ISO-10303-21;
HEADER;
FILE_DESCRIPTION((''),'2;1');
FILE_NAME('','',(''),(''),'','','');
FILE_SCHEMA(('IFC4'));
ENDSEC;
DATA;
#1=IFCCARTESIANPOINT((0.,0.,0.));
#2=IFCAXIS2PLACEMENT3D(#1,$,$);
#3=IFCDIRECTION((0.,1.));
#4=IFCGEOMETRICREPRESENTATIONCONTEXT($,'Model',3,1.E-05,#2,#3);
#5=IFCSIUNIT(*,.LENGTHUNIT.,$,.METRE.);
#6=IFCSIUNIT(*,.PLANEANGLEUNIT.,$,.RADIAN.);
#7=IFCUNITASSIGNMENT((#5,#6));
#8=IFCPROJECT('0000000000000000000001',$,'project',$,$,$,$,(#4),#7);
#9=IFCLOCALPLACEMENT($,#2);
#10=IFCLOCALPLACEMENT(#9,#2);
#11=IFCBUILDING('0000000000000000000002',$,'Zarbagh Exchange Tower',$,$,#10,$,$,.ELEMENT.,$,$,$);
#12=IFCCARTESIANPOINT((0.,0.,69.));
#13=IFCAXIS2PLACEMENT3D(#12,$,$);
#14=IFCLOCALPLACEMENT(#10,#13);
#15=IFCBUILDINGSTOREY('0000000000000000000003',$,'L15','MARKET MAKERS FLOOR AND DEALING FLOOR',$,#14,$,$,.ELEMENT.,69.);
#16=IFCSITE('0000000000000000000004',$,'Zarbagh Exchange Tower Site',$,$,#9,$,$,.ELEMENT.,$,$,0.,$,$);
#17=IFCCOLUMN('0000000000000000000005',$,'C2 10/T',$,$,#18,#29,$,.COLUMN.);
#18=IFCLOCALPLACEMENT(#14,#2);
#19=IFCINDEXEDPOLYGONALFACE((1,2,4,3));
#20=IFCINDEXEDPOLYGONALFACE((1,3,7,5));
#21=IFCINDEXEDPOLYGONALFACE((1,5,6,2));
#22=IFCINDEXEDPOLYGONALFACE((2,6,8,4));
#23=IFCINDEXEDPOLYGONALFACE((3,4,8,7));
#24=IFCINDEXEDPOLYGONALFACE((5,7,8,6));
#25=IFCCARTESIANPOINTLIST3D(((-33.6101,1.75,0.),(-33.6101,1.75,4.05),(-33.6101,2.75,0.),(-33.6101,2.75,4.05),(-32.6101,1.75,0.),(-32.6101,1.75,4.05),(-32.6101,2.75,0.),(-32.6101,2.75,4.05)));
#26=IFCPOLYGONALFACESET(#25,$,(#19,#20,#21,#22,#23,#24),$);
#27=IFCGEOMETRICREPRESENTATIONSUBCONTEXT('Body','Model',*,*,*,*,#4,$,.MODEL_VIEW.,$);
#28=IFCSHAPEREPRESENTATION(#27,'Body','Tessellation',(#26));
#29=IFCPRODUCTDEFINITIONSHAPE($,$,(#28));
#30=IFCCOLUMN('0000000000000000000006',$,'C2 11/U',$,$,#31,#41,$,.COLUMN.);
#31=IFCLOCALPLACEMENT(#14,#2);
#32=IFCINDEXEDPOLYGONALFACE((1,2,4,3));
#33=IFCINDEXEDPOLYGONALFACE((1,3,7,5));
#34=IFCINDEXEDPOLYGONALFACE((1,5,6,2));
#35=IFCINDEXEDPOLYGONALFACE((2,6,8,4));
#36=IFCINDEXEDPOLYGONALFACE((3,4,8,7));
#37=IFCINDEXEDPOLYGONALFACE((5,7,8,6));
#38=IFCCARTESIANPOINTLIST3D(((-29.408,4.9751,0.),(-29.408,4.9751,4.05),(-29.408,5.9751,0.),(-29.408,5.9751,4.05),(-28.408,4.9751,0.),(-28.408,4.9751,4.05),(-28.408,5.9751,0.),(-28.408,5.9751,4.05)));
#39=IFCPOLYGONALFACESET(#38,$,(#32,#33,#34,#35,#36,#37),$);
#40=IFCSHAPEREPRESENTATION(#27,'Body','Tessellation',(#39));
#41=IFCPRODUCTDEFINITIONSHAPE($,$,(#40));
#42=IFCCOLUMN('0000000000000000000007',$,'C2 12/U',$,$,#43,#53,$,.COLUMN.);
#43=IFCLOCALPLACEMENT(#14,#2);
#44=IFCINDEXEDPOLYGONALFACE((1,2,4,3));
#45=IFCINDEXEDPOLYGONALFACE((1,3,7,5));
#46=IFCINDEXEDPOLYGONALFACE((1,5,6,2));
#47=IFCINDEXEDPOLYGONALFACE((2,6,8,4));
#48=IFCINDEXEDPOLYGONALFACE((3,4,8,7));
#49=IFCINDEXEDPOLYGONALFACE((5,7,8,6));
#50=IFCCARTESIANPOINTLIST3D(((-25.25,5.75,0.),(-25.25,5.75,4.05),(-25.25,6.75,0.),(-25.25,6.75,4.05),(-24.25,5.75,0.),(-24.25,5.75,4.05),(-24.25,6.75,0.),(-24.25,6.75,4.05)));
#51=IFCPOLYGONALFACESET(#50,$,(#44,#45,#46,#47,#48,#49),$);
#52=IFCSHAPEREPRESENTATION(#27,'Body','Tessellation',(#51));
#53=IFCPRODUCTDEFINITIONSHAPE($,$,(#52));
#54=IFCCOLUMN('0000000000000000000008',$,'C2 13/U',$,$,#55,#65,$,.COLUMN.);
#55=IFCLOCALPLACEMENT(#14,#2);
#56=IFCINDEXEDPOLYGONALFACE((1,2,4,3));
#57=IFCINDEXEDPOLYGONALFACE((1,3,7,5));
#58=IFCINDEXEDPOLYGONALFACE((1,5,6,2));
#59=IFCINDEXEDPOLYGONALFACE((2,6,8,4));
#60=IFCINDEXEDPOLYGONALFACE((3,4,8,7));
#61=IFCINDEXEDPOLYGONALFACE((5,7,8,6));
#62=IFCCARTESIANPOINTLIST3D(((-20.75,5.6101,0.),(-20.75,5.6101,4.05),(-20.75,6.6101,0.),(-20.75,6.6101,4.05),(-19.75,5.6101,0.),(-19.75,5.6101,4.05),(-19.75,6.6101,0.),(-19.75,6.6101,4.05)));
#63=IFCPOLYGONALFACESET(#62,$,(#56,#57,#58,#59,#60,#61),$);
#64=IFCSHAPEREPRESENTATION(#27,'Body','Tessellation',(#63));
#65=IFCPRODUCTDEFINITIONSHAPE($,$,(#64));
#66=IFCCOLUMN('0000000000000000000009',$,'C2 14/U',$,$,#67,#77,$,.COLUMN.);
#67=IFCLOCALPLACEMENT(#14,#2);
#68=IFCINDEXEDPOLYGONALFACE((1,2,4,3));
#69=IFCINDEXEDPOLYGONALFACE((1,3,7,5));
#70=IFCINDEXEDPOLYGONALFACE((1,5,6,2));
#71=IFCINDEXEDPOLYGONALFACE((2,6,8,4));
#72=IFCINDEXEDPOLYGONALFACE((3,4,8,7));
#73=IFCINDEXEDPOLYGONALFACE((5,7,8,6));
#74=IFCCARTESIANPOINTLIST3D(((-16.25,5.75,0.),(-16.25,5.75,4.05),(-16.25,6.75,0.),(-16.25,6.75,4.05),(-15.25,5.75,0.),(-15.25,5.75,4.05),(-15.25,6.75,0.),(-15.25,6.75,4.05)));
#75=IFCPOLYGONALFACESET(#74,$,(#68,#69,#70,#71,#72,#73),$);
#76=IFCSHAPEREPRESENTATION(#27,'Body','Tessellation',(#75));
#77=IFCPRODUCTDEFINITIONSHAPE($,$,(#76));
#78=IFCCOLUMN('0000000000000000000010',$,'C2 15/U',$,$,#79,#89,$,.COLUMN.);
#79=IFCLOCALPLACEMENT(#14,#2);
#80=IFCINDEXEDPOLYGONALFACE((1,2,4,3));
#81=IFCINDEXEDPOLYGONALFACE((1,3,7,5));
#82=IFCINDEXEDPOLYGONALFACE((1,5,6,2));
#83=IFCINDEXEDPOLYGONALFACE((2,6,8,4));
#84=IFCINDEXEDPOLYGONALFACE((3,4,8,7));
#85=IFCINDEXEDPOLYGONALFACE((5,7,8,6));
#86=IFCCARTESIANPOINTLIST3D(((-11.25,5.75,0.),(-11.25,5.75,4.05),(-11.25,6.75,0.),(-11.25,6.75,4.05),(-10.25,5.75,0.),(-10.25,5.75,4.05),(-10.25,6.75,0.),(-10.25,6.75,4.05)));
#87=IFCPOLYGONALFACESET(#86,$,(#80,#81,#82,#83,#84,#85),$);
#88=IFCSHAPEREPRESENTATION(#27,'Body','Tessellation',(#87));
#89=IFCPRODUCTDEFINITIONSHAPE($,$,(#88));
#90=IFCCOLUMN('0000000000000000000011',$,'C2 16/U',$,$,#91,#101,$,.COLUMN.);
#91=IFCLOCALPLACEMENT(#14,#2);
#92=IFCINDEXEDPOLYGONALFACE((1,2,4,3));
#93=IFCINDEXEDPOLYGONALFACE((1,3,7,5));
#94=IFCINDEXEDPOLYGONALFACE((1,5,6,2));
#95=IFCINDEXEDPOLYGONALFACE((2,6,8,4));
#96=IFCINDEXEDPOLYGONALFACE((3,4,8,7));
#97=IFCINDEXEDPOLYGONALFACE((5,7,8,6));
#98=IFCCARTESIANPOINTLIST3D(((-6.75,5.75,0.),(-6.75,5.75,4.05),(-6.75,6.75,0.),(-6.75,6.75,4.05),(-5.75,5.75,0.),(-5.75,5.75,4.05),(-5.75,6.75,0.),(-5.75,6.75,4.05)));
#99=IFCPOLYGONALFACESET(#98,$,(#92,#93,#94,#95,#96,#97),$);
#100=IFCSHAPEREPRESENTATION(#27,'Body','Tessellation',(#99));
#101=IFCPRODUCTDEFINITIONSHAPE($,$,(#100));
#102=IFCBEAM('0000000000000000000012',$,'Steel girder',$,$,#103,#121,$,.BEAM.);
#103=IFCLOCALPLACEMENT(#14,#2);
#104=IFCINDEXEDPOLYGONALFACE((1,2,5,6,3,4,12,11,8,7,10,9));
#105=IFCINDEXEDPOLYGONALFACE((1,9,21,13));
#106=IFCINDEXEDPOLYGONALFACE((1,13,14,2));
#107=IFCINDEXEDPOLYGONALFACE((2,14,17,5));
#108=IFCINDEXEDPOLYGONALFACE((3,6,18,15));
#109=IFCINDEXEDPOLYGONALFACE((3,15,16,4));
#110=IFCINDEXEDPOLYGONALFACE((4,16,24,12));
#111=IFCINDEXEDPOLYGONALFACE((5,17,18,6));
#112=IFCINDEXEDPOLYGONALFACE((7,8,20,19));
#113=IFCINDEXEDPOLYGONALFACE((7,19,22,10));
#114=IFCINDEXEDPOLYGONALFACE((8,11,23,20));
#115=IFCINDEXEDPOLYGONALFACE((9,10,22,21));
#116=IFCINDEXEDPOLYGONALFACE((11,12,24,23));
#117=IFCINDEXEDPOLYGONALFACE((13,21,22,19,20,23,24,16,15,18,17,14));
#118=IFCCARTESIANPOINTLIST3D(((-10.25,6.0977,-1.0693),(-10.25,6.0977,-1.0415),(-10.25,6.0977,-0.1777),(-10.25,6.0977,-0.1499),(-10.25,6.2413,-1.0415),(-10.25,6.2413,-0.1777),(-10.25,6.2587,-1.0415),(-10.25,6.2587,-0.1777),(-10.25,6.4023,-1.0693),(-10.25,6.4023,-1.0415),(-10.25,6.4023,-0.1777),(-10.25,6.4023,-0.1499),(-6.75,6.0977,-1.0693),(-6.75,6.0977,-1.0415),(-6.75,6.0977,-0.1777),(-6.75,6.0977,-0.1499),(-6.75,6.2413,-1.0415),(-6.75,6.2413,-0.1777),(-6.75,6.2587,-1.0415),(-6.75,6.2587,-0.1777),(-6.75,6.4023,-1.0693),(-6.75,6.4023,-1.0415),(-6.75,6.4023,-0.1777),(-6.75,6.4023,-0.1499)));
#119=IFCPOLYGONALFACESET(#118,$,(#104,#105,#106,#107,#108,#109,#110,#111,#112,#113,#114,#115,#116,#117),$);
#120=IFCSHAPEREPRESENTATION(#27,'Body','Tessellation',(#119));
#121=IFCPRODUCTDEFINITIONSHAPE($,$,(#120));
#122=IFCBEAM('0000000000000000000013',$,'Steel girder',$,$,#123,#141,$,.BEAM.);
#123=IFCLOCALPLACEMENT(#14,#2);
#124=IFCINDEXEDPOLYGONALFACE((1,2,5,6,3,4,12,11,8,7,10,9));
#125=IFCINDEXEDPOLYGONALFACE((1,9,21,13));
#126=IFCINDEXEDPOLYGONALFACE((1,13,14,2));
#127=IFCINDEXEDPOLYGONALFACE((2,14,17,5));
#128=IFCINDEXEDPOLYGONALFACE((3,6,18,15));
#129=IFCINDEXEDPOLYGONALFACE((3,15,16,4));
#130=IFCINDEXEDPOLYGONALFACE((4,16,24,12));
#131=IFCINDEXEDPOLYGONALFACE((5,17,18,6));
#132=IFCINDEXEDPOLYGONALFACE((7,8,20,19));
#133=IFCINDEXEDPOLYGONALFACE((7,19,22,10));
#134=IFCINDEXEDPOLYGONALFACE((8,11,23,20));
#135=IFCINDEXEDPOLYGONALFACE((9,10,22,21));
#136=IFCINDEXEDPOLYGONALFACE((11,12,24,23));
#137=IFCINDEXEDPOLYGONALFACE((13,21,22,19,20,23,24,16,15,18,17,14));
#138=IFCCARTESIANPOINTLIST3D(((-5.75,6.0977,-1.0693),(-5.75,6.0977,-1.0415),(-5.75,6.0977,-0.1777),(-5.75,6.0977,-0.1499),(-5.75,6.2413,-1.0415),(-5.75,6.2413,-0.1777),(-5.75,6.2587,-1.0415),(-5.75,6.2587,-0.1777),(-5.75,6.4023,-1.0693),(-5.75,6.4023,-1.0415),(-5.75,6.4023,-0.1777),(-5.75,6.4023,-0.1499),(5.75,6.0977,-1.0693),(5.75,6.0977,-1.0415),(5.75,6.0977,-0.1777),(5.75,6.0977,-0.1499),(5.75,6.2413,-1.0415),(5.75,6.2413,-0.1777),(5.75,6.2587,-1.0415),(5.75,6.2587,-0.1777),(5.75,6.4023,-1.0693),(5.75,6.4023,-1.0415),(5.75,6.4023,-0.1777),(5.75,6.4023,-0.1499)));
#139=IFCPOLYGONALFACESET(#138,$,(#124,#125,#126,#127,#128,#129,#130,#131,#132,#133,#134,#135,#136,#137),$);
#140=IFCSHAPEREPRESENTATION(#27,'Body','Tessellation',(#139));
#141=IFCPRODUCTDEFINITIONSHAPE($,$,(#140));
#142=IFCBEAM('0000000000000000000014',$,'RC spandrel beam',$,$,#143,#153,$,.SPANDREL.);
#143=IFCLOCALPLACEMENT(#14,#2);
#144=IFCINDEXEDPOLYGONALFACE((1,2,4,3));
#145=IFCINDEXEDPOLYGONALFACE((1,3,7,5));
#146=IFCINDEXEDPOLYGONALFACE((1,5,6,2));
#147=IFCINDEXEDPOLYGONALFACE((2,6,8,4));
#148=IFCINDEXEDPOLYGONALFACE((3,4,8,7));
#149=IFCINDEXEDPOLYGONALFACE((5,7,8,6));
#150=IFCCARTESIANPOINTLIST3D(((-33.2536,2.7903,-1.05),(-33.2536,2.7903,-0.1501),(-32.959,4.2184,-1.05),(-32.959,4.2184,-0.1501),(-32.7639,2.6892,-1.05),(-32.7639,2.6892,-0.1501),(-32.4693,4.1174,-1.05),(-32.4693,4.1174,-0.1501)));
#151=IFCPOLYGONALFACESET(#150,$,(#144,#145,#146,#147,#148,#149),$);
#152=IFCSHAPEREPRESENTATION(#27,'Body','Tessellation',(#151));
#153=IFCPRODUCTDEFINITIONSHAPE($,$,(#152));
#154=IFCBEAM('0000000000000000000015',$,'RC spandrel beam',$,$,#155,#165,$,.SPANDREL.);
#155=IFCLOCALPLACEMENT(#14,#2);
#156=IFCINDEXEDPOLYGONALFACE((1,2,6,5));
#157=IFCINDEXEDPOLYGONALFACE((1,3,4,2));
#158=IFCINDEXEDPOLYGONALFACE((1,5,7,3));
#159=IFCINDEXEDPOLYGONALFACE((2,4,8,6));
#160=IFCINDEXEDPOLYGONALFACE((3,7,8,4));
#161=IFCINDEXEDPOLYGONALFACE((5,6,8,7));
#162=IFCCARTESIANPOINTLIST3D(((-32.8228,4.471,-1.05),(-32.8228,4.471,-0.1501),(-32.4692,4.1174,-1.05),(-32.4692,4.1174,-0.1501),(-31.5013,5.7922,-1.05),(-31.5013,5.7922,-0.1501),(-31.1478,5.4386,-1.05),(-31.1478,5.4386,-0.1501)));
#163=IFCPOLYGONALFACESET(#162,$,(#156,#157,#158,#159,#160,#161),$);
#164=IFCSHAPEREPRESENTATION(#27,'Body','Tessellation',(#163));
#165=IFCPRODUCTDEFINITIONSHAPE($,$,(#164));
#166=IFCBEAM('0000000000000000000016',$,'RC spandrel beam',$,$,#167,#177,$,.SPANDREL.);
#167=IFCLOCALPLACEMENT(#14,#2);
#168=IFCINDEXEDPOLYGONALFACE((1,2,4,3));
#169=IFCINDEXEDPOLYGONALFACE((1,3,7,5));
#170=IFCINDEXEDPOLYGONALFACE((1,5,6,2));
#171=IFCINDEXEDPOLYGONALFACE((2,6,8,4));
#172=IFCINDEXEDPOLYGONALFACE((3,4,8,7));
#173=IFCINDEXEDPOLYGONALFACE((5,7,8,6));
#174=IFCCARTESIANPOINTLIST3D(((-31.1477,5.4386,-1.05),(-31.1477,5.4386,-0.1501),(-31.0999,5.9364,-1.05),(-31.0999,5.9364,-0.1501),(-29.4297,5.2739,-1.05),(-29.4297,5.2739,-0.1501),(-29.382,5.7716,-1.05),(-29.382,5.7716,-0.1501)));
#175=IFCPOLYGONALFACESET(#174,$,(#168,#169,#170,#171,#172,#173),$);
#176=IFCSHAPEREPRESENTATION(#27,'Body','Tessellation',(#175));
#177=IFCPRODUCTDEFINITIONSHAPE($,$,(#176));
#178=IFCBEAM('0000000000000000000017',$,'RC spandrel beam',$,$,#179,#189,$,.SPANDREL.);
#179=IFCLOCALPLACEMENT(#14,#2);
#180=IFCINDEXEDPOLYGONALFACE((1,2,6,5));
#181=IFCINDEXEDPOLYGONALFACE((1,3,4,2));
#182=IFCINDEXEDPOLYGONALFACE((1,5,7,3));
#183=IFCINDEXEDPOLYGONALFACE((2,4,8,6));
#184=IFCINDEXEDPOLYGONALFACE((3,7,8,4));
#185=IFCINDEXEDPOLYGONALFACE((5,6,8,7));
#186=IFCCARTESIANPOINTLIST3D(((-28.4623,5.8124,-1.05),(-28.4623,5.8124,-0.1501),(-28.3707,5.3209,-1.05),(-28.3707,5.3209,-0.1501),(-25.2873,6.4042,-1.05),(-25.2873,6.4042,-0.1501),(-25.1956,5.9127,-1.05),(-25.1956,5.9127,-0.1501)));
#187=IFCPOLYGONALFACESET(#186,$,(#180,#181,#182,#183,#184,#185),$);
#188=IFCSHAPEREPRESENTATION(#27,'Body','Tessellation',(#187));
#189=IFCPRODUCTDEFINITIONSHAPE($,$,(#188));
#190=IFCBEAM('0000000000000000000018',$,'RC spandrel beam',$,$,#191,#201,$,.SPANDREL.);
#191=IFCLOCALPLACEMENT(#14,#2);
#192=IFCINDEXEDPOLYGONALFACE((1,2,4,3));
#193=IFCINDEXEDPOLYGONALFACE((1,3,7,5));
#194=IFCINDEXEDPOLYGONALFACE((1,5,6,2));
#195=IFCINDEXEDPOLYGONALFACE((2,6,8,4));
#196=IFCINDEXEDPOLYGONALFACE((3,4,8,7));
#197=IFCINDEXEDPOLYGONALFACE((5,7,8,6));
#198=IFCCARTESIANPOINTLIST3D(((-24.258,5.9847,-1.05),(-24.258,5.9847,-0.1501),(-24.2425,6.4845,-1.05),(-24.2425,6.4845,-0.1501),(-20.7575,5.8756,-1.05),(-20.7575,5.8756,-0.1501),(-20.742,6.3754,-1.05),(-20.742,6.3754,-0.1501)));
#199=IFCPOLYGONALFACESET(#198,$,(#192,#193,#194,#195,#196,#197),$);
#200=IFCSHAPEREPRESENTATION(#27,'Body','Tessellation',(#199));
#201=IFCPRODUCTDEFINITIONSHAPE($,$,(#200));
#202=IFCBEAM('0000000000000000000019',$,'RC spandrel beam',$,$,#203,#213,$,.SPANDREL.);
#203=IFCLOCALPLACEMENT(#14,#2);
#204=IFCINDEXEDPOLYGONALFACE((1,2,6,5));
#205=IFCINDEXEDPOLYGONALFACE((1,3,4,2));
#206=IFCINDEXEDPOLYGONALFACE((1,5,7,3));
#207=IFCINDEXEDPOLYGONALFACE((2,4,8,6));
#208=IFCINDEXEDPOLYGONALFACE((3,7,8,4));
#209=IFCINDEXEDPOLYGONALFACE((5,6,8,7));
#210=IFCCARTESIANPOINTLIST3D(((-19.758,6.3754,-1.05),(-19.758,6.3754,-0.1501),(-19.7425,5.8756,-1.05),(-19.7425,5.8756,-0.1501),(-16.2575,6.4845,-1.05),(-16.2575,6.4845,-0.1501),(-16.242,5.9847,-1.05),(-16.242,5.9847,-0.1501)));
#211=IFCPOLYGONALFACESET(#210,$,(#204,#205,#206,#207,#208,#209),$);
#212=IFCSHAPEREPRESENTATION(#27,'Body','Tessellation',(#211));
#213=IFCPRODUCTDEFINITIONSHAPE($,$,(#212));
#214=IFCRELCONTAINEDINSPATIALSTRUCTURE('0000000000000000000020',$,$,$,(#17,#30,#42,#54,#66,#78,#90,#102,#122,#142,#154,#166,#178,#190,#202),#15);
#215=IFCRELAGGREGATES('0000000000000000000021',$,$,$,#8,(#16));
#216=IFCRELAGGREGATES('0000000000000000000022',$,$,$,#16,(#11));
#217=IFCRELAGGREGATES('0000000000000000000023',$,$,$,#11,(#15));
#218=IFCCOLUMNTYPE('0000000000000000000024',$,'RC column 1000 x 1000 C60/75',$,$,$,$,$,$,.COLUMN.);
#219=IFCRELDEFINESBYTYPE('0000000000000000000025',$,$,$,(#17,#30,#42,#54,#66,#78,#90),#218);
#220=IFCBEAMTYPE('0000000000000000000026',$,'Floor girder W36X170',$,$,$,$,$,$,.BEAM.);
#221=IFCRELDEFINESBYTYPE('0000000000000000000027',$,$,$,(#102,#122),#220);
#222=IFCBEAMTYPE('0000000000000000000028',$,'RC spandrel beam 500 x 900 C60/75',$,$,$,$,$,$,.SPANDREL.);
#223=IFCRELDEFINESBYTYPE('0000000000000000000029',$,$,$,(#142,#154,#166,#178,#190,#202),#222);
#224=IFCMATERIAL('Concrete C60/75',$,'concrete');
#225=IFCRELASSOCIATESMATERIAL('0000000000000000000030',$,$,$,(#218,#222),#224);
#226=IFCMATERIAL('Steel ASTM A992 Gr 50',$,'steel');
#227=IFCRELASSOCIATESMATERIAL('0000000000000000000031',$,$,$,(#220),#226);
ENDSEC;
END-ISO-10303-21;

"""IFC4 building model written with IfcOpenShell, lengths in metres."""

from ifc_helpers import new_model, si_unit, direction, frame, origin, origin_2d, place, context, subcontext, project, spatial, rectangle, i_section, extrude, material, material_profile, profile_set, type_object, element, save


model = new_model("IFC4")

# Units and contexts
model_context = context("Model", 3, precision=1e-05, world=origin(), true_north=direction((0.0, 1.0)))
body_context = subcontext(model_context, "Body", "Model", "MODEL_VIEW")
ifc_project = project(units=[si_unit("LENGTHUNIT", "METRE"), si_unit("PLANEANGLEUNIT", "RADIAN")], contexts=[model_context])

# Site, building, storey
site_placement = place(None, origin())
site = spatial("IfcSite", under=ifc_project, at=site_placement, Name="Zarbagh Exchange Tower Site", CompositionType="ELEMENT", RefElevation=0.0)
building_placement = place(site_placement, origin())
building = spatial("IfcBuilding", under=site, at=building_placement, Name="Zarbagh Exchange Tower", CompositionType="ELEMENT")
storey_placement = place(building_placement, frame((0.0, 0.0, 69.0)))
storey = spatial("IfcBuildingStorey", under=building, at=storey_placement, Name="L15", Description="MARKET MAKERS FLOOR AND DEALING FLOOR", CompositionType="ELEMENT", Elevation=69.0)

# Columns
ifc_material_1 = material(Name="Concrete C60/75", Category="concrete")
ifc_material_profile_1 = material_profile(ifc_material_1, rectangle(XDim=1.0, YDim=1.0, at=origin_2d()), Name="RC column 1000 x 1000 C60/75")
ifc_profile_set_1 = profile_set([ifc_material_profile_1], Name="Concrete C60/75")
column_type = type_object("IfcColumnType", Name="RC column 1000 x 1000 C60/75", PredefinedType="COLUMN", material=ifc_profile_set_1)
for number, where, z_axis, x_axis, name in (
    (1, (-33.1101, 2.25, 0.0), (0.0, 0.0, 1.0), (1.0, 0.0, 0.0), "C2 10/T"),
    (2, (-28.908, 5.4751, 0.0), (0.0, 0.0, 1.0), (1.0, 0.0, 0.0), "C2 11/U"),
    (3, (-24.75, 6.25, 0.0), (0.0, 0.0, 1.0), (1.0, 0.0, 0.0), "C2 12/U"),
    (4, (-20.25, 6.1101, 0.0), (0.0, 0.0, 1.0), (1.0, 0.0, 0.0), "C2 13/U"),
    (5, (-15.75, 6.25, 0.0), (0.0, 0.0, 1.0), (1.0, 0.0, 0.0), "C2 14/U"),
    (6, (-10.75, 6.25, 0.0), (0.0, 0.0, 1.0), (1.0, 0.0, 0.0), "C2 15/U"),
    (7, (-6.25, 6.25, 0.0), (0.0, 0.0, 1.0), (1.0, 0.0, 0.0), "C2 16/U"),
):
    element("IfcColumn", number, at=place(storey_placement, frame(where, z_axis=z_axis, x_axis=x_axis)), inside=storey, type_object=column_type, Name=name, PredefinedType="COLUMN", context=body_context, shape_type="SweptSolid", body=[
        extrude(rectangle(XDim=1.0, YDim=1.0, at=origin_2d()), origin(), (0.0, 0.0, 1.0), 4.05),
    ])

# Beams
ifc_material_2 = material(Name="Steel ASTM A992 Gr 50", Category="steel")
ifc_material_profile_2 = material_profile(ifc_material_2, i_section(OverallWidth=0.3047, OverallDepth=0.9194, WebThickness=0.0173, FlangeThickness=0.0278, at=origin_2d()), Name="W36X170")
ifc_profile_set_2 = profile_set([ifc_material_profile_2], Name="Steel ASTM A992 Gr 50")
beam_type_1 = type_object("IfcBeamType", Name="Floor girder W36X170", PredefinedType="BEAM", material=ifc_profile_set_2)
beam_1_placement = place(storey_placement, frame((-10.25, 6.25, -0.6096), z_axis=(1.0, 0.0, 0.0), x_axis=(0.0, 1.0, 0.0)))
element("IfcBeam", 8, at=beam_1_placement, inside=storey, type_object=beam_type_1, Name="Steel girder", PredefinedType="BEAM", context=body_context, shape_type="SweptSolid", body=[
    extrude(i_section(OverallWidth=0.3047, OverallDepth=0.9194, WebThickness=0.0173, FlangeThickness=0.0278, at=origin_2d()), origin(), (0.0, 0.0, 1.0), 3.5),
])
beam_2_placement = place(storey_placement, frame((-5.75, 6.25, -0.6096), z_axis=(1.0, 0.0, 0.0), x_axis=(0.0, 1.0, 0.0)))
element("IfcBeam", 9, at=beam_2_placement, inside=storey, type_object=beam_type_1, Name="Steel girder", PredefinedType="BEAM", context=body_context, shape_type="SweptSolid", body=[
    extrude(i_section(OverallWidth=0.3047, OverallDepth=0.9194, WebThickness=0.0173, FlangeThickness=0.0278, at=origin_2d()), origin(), (0.0, 0.0, 1.0), 11.5),
])
ifc_material_profile_3 = material_profile(ifc_material_1, rectangle(XDim=0.5, YDim=0.8999, at=origin_2d()), Name="RC spandrel beam 500 x 900 C60/75")
ifc_profile_set_3 = profile_set([ifc_material_profile_3], Name="Concrete C60/75")
beam_type_2 = type_object("IfcBeamType", Name="RC spandrel beam 500 x 900 C60/75", PredefinedType="SPANDREL", material=ifc_profile_set_3)
beam_3_placement = place(storey_placement, frame((-33.0088, 2.7397, -0.6001), z_axis=(0.202069, 0.979371, 0.0), x_axis=(-0.979371, 0.202069, 0.0)))
element("IfcBeam", 10, at=beam_3_placement, inside=storey, type_object=beam_type_2, Name="RC spandrel beam", PredefinedType="SPANDREL", context=body_context, shape_type="SweptSolid", body=[
    extrude(rectangle(XDim=0.5, YDim=0.8999, at=origin_2d()), origin(), (0.0, 0.0, 1.0), 1.4583),
])
beam_4_placement = place(storey_placement, frame((-32.646, 4.2942, -0.6001), z_axis=(0.707172, 0.707041, 0.0), x_axis=(-0.707041, 0.707172, 0.0)))
element("IfcBeam", 11, at=beam_4_placement, inside=storey, type_object=beam_type_2, Name="RC spandrel beam", PredefinedType="SPANDREL", context=body_context, shape_type="SweptSolid", body=[
    extrude(rectangle(XDim=0.5, YDim=0.8999, at=origin_2d()), origin(), (0.0, 0.0, 1.0), 1.8687),
])
beam_5_placement = place(storey_placement, frame((-31.1238, 5.6875, -0.6001), z_axis=(0.995431, -0.095483, 0.0), x_axis=(0.095483, 0.995431, 0.0)))
element("IfcBeam", 12, at=beam_5_placement, inside=storey, type_object=beam_type_2, Name="RC spandrel beam", PredefinedType="SPANDREL", context=body_context, shape_type="SweptSolid", body=[
    extrude(rectangle(XDim=0.5, YDim=0.8999, at=origin_2d()), origin(), (0.0, 0.0, 1.0), 1.7258),
])
beam_6_placement = place(storey_placement, frame((-28.4165, 5.5667, -0.6001), z_axis=(0.983069, 0.183234, 0.0), x_axis=(-0.183234, 0.983069, 0.0)))
element("IfcBeam", 13, at=beam_6_placement, inside=storey, type_object=beam_type_2, Name="RC spandrel beam", PredefinedType="SPANDREL", context=body_context, shape_type="SweptSolid", body=[
    extrude(rectangle(XDim=0.5, YDim=0.8999, at=origin_2d()), origin(), (0.0, 0.0, 1.0), 3.2297),
])
for number, where, z_axis, x_axis, name in (
    (14, (-24.2502, 6.2346, -0.6001), (0.999514, -0.031161, 0.0), (0.031161, 0.999514, 0.0), "RC spandrel beam"),
    (15, (-19.7502, 6.1255, -0.6001), (0.999514, 0.031161, 0.0), (-0.031161, 0.999514, 0.0), "RC spandrel beam"),
):
    element("IfcBeam", number, at=place(storey_placement, frame(where, z_axis=z_axis, x_axis=x_axis)), inside=storey, type_object=beam_type_2, Name=name, PredefinedType="SPANDREL", context=body_context, shape_type="SweptSolid", body=[
        extrude(rectangle(XDim=0.5, YDim=0.8999, at=origin_2d()), origin(), (0.0, 0.0, 1.0), 3.5022),
    ])

save(model, "model.ifc")
